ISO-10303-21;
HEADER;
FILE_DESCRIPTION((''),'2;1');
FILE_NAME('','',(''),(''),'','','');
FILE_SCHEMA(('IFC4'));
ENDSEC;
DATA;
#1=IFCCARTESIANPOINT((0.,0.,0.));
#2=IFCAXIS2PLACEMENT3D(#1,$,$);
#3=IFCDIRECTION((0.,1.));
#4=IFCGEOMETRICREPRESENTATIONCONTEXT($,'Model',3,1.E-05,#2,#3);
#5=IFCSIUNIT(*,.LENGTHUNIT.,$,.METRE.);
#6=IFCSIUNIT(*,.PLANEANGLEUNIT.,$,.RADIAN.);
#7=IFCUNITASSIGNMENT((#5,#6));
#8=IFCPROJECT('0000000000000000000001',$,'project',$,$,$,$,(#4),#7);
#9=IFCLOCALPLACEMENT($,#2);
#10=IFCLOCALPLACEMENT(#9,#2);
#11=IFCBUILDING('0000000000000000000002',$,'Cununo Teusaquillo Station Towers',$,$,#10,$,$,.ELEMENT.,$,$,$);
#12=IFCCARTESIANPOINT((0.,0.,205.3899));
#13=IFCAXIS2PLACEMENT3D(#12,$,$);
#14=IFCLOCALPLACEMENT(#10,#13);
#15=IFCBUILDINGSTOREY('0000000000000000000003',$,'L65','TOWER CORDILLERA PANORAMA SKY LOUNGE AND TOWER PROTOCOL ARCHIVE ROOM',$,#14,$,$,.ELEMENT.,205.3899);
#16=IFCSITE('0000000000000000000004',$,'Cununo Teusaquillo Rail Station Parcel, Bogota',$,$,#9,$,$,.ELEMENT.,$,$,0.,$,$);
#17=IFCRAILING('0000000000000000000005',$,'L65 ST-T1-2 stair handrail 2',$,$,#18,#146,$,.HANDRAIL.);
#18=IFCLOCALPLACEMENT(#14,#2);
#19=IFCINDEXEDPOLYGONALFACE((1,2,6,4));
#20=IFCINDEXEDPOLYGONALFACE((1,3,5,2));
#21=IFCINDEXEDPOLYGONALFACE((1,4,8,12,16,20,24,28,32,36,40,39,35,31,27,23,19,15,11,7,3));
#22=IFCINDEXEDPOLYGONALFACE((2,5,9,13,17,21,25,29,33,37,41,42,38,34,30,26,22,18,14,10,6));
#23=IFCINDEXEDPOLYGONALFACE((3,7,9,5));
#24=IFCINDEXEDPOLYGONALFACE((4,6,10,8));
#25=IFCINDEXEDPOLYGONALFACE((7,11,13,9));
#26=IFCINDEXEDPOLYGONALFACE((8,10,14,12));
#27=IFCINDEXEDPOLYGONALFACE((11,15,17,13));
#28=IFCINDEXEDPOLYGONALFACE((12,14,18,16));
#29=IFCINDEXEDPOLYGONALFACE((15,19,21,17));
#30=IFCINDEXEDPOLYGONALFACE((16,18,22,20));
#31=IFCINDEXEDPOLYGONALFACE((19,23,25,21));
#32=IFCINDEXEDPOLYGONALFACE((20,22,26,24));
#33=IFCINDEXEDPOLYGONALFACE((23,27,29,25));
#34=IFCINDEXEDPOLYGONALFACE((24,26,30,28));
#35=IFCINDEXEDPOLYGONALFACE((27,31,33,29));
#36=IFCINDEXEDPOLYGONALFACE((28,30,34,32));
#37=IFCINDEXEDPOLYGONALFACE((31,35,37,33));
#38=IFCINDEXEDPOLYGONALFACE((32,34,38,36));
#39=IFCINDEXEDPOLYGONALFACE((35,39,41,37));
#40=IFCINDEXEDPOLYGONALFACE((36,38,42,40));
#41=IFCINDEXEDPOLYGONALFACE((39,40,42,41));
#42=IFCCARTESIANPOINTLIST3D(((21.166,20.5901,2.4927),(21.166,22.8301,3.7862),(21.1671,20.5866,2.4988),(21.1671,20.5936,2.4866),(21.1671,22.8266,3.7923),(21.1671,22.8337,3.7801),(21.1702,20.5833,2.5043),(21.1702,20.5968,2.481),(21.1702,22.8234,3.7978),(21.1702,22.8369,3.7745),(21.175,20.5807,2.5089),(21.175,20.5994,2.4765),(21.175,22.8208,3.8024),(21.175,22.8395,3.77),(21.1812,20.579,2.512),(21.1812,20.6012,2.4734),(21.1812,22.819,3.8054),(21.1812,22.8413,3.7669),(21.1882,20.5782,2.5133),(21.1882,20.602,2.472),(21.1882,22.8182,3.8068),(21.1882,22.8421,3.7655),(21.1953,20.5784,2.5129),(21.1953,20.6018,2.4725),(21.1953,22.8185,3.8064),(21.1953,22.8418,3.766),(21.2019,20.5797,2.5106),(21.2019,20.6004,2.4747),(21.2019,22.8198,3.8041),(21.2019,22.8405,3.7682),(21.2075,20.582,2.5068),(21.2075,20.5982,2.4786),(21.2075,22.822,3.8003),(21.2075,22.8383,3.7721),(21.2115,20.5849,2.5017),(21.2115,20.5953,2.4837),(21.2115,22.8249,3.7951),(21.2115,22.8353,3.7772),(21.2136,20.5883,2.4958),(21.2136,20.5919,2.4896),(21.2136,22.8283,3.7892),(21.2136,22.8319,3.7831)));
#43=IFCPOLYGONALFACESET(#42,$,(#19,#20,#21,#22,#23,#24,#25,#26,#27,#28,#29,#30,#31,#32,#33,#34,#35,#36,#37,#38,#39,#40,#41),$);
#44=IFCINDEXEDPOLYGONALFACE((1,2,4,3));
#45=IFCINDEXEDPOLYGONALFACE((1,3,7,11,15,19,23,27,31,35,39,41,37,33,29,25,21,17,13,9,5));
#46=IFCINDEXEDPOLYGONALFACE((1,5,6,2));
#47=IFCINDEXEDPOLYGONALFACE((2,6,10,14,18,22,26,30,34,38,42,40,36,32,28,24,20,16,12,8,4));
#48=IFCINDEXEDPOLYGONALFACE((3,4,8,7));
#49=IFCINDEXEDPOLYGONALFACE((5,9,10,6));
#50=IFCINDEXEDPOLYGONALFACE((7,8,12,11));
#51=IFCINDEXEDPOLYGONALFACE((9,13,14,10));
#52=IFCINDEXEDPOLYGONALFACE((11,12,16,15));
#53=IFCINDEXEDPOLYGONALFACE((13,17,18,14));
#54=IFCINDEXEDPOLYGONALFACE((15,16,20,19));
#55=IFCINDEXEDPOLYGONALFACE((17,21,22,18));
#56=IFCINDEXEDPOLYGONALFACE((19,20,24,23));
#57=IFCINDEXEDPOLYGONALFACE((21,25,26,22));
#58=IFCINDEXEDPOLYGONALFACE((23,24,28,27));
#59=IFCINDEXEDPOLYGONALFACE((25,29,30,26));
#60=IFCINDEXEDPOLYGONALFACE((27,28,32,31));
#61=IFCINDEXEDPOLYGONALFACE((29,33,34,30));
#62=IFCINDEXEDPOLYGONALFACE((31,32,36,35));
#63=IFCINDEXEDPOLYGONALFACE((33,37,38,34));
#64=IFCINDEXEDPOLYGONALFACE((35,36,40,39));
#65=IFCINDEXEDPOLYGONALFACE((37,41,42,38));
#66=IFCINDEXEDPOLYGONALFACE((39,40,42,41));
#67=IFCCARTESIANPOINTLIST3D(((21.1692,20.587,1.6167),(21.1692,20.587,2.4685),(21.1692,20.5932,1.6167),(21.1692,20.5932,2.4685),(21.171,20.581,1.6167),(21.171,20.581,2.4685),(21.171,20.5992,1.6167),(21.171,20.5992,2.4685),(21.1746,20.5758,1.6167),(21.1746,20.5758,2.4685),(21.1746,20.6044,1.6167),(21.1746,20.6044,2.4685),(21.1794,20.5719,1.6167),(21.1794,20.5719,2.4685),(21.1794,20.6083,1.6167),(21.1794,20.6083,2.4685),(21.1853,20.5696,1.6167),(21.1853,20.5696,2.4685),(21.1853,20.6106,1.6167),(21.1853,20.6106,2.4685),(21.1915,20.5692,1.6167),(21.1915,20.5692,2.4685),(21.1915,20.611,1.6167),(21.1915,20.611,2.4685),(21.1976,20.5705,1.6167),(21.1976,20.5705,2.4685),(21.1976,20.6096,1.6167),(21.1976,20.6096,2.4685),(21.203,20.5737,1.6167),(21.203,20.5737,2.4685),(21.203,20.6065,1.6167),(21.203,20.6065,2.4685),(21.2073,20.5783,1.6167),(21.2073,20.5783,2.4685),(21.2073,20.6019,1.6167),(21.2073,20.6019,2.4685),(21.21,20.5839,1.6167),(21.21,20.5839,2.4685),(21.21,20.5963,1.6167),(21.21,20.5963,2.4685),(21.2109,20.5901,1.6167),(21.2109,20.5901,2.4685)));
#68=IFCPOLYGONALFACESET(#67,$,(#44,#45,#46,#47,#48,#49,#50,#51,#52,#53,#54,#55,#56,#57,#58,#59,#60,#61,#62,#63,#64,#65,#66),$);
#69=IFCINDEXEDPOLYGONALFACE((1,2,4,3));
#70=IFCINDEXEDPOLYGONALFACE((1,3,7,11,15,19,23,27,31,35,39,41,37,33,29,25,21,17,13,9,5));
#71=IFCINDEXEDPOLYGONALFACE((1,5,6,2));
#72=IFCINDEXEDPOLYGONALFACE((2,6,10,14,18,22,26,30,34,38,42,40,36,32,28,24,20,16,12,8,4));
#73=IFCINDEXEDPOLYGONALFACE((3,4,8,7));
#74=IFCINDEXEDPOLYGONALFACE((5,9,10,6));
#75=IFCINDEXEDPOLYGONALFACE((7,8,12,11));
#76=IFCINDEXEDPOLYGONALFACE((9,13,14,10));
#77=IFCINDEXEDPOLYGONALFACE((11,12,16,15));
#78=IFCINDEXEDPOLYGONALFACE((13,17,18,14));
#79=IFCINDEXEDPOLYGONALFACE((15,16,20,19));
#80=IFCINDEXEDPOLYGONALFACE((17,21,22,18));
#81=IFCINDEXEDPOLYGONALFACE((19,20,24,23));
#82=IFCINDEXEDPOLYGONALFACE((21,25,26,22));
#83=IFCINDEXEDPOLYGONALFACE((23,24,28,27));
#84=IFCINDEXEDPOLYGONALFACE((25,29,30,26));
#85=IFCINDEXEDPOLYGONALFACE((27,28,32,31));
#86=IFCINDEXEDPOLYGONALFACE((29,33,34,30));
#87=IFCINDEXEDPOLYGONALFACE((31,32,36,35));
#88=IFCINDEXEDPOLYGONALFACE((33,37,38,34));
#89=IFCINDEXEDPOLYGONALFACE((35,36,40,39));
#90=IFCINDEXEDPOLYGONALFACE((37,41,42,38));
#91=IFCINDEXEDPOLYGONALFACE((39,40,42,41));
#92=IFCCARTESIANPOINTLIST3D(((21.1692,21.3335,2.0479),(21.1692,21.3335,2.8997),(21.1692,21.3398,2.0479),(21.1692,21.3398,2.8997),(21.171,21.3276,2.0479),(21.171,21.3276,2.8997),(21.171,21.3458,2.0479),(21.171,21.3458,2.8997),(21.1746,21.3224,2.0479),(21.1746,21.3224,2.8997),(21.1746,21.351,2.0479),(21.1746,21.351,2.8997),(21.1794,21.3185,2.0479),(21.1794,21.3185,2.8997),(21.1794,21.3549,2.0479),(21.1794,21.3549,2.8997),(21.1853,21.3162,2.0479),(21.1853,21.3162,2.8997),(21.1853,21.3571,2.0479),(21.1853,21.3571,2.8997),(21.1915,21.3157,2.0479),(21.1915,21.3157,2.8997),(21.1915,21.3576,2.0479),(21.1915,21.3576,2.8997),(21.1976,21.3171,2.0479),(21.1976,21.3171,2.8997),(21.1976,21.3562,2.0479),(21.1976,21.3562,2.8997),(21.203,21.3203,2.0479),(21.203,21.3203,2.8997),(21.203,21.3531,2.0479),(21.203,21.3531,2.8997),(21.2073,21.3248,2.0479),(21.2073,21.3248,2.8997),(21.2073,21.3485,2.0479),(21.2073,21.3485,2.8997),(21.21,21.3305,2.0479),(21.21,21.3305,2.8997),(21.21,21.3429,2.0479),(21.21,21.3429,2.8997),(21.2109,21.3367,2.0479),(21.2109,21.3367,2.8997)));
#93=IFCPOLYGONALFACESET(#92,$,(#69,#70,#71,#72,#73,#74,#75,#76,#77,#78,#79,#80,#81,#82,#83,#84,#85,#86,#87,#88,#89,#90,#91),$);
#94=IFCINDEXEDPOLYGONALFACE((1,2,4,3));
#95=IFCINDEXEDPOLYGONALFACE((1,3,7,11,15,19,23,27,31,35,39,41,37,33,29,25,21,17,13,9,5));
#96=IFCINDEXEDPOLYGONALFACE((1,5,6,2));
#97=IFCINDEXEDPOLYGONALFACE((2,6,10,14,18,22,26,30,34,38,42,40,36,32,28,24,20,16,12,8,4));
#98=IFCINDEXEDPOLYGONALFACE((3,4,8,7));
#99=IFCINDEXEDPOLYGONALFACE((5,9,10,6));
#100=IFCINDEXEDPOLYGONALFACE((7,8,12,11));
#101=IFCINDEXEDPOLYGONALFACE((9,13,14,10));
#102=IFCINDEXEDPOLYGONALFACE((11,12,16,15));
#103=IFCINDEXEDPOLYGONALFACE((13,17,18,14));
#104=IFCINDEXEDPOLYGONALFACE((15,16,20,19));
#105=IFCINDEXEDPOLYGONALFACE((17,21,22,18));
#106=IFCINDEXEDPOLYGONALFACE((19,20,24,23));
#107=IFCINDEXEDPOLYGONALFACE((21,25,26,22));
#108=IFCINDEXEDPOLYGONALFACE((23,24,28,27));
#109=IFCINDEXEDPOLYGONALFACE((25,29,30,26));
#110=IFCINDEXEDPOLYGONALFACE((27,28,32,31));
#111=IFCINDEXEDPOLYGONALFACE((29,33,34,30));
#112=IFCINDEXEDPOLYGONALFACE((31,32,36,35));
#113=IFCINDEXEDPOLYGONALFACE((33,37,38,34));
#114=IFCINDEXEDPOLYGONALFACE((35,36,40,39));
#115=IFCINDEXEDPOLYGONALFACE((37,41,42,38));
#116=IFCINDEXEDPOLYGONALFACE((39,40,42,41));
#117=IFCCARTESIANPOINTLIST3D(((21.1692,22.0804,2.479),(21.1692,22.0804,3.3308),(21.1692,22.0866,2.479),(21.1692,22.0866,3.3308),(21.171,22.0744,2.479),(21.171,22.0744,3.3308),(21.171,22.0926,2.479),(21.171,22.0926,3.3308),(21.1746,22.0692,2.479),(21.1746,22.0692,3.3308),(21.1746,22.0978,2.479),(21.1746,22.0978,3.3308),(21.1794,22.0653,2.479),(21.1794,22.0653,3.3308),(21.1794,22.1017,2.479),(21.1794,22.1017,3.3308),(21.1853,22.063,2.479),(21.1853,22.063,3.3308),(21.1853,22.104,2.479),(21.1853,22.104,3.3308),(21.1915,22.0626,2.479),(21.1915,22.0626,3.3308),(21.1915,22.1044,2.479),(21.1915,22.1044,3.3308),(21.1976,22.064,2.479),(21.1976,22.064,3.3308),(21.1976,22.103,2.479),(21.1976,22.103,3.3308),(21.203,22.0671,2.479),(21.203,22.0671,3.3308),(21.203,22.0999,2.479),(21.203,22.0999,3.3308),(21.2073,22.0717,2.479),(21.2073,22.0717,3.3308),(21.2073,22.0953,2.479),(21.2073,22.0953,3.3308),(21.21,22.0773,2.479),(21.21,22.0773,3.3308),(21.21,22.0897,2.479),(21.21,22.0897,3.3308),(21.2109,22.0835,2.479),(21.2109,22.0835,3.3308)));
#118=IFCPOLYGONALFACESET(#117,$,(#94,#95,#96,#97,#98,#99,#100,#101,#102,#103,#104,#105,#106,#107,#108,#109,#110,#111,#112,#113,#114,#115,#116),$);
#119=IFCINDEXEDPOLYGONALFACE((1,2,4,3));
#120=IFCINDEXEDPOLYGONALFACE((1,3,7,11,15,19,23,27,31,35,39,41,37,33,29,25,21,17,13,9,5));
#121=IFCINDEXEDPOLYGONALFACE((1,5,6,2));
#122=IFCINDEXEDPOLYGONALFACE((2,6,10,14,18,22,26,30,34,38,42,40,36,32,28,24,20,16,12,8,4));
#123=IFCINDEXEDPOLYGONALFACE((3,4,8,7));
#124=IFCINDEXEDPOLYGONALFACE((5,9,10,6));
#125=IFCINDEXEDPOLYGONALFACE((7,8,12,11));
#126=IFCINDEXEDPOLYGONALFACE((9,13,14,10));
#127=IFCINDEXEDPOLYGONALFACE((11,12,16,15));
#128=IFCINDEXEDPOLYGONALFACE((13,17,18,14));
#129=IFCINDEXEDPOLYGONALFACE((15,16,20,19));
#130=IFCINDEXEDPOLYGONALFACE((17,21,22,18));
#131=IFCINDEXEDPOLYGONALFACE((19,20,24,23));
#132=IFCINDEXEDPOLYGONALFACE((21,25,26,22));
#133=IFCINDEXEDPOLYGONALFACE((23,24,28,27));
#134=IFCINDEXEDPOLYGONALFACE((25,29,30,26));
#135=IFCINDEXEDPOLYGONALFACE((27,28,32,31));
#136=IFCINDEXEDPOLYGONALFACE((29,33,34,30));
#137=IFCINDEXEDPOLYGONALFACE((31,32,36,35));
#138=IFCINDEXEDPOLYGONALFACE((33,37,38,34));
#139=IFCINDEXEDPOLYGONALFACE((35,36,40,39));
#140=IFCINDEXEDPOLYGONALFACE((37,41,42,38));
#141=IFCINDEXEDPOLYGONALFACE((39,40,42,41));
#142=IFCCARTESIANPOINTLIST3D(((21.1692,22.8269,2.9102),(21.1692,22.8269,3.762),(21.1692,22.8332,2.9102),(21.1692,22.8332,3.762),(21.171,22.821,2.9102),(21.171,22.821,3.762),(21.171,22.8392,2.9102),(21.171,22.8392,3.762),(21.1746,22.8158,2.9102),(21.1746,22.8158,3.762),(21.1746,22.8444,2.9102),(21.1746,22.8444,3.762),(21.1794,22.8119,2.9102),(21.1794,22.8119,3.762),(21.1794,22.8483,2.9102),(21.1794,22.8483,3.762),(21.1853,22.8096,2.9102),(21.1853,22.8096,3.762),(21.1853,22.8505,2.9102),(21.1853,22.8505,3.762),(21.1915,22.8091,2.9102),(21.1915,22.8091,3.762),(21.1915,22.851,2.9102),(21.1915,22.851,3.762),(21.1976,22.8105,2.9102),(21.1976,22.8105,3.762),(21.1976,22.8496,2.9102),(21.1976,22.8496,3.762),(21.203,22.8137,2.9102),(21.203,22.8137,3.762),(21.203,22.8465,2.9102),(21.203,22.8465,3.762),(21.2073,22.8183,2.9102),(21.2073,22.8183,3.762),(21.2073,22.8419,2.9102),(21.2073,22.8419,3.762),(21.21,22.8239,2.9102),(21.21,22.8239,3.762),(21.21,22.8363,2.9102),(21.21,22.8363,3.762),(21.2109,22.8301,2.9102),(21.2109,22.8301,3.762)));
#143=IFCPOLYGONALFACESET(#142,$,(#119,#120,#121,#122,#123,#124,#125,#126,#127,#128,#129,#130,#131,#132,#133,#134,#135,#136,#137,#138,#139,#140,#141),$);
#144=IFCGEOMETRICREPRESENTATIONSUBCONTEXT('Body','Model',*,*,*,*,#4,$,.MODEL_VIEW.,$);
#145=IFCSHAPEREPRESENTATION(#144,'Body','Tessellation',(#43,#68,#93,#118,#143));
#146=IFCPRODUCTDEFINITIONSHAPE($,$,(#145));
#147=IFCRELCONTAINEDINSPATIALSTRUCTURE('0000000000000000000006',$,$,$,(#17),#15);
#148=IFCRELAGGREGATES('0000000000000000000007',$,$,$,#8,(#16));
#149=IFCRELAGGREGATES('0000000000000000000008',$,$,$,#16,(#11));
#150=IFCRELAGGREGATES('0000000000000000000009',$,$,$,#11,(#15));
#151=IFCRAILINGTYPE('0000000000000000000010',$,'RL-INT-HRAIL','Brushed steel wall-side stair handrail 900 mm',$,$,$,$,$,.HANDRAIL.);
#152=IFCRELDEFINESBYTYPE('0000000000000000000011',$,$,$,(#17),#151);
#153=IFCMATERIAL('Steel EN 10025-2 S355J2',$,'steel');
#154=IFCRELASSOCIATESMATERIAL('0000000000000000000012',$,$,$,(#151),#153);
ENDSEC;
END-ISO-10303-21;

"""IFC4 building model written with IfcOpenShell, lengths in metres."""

from ifc_helpers import new_model, si_unit, direction, frame, origin, origin_2d, place, context, subcontext, project, spatial, circle, extrude, material, type_object, element, save


model = new_model("IFC4")

# Units and contexts
model_context = context("Model", 3, precision=1e-05, world=origin(), true_north=direction((0.0, 1.0)))
body_context = subcontext(model_context, "Body", "Model", "MODEL_VIEW")
ifc_project = project(units=[si_unit("LENGTHUNIT", "METRE"), si_unit("PLANEANGLEUNIT", "RADIAN")], contexts=[model_context])

# Site, building, storey
site_placement = place(None, origin())
site = spatial("IfcSite", under=ifc_project, at=site_placement, Name="Cununo Teusaquillo Rail Station Parcel, Bogota", CompositionType="ELEMENT", RefElevation=0.0)
building_placement = place(site_placement, origin())
building = spatial("IfcBuilding", under=site, at=building_placement, Name="Cununo Teusaquillo Station Towers", CompositionType="ELEMENT")
storey_placement = place(building_placement, frame((0.0, 0.0, 205.3899)))
storey = spatial("IfcBuildingStorey", under=building, at=storey_placement, Name="L65", Description="TOWER CORDILLERA PANORAMA SKY LOUNGE AND TOWER PROTOCOL ARCHIVE ROOM", CompositionType="ELEMENT", Elevation=205.3899)

# Railing
ifc_material_1 = material(Name="Steel EN 10025-2 S355J2", Category="steel")
railing_type_1 = type_object("IfcRailingType", Name="RL-INT-HRAIL", Description="Brushed steel wall-side stair handrail 900 mm", PredefinedType="HANDRAIL", material=ifc_material_1)
railing_1_placement = place(storey_placement, frame((21.1899, 20.5901, 1.6167)))
element("IfcRailing", 1, at=railing_1_placement, inside=storey, type_object=railing_type_1, Name="L65 ST-T1-2 stair handrail 2", PredefinedType="HANDRAIL", context=body_context, shape_type="SweptSolid", body=[
    extrude(circle(Radius=0.0239, at=origin_2d()), frame((0.0, 0.0, 0.876), z_axis=(0.0, 0.865992, 0.500057), x_axis=(-1.0, 0.0, 0.0)), (0.0, 0.0, 1.0), 2.5867),
    extrude(circle(Radius=0.021, at=origin_2d()), origin(), (0.0, 0.0, 1.0), 0.8518),
    extrude(circle(Radius=0.021, at=origin_2d()), frame((0.0, 0.7466, 0.4312)), (0.0, 0.0, 1.0), 0.8518),
    extrude(circle(Radius=0.021, at=origin_2d()), frame((0.0, 1.4934, 0.8623)), (0.0, 0.0, 1.0), 0.8518),
    extrude(circle(Radius=0.021, at=origin_2d()), frame((0.0, 2.24, 1.2935)), (0.0, 0.0, 1.0), 0.8518),
])

save(model, "model.ifc")
